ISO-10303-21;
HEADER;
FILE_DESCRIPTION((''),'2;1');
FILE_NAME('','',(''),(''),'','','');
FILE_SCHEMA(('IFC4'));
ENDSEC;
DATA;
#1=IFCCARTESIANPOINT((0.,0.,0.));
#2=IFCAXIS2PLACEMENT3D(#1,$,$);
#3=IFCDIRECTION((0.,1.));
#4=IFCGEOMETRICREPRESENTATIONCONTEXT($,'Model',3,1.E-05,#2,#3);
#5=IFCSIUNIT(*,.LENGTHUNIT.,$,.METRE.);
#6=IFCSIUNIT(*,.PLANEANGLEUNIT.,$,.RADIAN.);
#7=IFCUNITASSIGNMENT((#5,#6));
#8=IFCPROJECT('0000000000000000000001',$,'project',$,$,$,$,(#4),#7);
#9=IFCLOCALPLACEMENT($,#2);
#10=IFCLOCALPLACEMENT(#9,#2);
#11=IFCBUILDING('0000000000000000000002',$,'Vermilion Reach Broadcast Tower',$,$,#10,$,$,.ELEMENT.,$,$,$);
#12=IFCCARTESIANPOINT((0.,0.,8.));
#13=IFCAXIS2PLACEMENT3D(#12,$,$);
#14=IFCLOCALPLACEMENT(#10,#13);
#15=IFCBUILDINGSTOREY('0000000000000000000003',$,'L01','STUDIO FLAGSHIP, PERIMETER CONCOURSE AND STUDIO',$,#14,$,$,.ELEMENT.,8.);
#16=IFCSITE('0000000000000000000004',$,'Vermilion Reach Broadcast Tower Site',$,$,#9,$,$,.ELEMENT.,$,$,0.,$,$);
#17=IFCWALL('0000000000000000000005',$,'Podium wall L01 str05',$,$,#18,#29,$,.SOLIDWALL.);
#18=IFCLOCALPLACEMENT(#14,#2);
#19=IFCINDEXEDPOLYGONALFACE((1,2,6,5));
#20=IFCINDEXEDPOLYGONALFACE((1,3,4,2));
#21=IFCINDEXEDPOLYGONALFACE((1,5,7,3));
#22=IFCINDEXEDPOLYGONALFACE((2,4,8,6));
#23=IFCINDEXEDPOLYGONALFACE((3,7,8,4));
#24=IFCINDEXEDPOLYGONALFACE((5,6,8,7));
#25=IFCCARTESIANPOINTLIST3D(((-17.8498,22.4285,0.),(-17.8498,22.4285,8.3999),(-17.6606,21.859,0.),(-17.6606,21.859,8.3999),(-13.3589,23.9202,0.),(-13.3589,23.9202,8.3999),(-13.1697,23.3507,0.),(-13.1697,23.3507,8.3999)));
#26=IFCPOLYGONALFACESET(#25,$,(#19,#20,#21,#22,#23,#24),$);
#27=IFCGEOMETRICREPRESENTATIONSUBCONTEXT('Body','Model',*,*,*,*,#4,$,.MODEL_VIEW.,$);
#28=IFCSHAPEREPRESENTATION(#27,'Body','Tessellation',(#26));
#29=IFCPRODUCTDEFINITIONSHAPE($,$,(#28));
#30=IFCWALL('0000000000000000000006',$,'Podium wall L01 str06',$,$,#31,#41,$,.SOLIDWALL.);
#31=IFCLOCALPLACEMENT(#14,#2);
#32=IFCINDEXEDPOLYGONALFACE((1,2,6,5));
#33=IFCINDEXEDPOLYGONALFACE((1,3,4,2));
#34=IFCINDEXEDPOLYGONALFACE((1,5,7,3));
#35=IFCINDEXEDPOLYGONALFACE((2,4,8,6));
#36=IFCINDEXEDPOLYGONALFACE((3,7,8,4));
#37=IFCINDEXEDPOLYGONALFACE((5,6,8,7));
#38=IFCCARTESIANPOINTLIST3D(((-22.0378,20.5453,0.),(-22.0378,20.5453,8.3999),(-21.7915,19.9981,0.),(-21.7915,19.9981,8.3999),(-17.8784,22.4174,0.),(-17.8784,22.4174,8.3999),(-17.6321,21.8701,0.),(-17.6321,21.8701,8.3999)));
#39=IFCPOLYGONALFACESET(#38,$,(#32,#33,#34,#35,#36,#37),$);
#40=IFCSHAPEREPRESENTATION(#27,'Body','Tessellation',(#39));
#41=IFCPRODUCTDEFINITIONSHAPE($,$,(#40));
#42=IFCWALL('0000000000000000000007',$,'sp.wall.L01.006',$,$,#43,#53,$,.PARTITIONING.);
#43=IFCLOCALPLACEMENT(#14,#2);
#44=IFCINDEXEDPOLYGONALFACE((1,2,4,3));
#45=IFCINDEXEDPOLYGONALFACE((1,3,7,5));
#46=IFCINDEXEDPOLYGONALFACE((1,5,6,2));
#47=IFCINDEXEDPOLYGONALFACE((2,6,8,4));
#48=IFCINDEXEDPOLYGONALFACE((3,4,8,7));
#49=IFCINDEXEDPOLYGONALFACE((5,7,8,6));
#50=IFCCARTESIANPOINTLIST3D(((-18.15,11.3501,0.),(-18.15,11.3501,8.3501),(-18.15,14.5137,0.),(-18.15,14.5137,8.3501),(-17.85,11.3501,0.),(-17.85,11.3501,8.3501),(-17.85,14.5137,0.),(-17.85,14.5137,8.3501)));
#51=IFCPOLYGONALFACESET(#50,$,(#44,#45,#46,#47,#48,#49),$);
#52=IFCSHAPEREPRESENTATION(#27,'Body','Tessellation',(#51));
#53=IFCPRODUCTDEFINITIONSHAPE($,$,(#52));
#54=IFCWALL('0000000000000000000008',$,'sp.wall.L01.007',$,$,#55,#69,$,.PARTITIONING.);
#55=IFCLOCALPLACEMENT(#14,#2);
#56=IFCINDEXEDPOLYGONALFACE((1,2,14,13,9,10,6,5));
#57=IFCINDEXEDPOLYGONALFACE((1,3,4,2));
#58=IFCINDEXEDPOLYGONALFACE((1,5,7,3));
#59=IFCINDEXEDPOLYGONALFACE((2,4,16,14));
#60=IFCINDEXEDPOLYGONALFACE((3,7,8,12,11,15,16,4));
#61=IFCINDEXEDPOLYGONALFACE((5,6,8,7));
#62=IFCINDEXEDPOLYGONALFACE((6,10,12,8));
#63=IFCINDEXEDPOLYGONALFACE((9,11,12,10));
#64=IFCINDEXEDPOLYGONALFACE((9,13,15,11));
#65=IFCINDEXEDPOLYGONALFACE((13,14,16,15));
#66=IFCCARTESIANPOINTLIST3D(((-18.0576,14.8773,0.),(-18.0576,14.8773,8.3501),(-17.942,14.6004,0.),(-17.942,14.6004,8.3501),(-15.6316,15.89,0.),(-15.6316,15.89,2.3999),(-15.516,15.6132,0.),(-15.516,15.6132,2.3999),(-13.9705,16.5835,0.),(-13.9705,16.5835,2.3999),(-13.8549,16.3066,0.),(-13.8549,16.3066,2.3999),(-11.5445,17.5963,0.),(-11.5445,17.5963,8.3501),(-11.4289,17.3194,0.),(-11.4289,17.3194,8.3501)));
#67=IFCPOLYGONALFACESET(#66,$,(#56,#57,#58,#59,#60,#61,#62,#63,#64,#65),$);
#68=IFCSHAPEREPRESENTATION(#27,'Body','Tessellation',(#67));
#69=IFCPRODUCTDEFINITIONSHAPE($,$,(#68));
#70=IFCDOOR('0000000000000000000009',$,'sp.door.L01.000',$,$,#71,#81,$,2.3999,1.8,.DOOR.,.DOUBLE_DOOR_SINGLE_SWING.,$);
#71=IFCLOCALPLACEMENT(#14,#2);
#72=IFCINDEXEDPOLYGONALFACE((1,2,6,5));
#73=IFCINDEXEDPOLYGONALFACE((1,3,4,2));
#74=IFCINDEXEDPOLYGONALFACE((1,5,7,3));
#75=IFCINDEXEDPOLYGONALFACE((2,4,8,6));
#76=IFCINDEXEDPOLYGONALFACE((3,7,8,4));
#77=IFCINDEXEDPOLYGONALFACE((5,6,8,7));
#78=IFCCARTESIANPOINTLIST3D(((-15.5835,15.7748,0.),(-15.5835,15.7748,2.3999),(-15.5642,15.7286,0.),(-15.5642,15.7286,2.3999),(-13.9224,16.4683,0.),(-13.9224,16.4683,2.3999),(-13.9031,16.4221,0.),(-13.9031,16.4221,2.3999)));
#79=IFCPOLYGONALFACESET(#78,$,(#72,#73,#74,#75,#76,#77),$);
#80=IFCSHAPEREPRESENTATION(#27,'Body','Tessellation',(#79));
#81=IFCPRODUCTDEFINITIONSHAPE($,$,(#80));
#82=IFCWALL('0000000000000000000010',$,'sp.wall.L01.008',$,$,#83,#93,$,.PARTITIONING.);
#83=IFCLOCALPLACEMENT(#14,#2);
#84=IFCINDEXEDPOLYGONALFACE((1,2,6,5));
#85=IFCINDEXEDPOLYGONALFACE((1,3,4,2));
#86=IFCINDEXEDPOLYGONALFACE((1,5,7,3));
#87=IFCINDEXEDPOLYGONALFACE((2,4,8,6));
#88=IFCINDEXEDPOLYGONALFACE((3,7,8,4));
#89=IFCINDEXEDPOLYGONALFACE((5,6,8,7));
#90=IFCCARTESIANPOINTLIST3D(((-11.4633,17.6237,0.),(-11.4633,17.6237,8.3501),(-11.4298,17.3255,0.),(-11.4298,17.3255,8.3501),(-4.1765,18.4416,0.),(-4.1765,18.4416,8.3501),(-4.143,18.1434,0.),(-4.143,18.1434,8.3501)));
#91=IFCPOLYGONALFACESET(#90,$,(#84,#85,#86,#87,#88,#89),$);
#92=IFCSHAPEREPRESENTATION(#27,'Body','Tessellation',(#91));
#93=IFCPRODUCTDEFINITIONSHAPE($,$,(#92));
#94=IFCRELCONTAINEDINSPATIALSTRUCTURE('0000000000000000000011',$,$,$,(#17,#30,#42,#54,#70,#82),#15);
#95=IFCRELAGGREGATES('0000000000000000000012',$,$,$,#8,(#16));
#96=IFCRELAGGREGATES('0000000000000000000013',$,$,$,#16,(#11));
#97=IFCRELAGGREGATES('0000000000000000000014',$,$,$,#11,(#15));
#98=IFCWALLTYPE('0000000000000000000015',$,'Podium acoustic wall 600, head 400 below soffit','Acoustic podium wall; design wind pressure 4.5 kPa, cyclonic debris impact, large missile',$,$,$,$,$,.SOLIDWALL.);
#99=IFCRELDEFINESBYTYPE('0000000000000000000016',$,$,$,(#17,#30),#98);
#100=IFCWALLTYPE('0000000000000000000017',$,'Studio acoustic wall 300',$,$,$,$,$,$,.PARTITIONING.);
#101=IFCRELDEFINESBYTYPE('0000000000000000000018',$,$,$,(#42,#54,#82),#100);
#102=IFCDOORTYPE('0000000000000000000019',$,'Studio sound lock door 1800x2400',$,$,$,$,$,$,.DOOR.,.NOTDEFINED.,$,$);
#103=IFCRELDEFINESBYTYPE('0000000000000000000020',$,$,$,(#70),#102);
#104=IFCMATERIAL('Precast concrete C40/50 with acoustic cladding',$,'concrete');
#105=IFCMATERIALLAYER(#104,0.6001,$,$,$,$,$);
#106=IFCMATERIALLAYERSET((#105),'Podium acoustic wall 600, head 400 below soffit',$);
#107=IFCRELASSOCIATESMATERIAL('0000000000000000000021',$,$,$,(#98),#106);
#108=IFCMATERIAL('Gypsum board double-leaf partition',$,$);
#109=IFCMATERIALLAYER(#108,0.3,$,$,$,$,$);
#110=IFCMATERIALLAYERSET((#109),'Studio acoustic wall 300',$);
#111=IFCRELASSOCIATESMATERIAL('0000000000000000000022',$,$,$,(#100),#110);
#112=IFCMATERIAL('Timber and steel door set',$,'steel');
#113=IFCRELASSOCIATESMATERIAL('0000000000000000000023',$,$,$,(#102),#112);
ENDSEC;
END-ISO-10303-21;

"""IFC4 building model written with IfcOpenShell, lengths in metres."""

from ifc_helpers import new_model, si_unit, direction, frame, frame_2d, origin, place, context, subcontext, project, spatial, rectangle, extrude, material, layer, layer_set, type_object, element, fill, save


model = new_model("IFC4")

# Units and contexts
model_context = context("Model", 3, precision=1e-05, world=origin(), true_north=direction((0.0, 1.0)))
body_context = subcontext(model_context, "Body", "Model", "MODEL_VIEW")
ifc_project = project(units=[si_unit("LENGTHUNIT", "METRE"), si_unit("PLANEANGLEUNIT", "RADIAN")], contexts=[model_context])

# Site, building, storey
site_placement = place(None, origin())
site = spatial("IfcSite", under=ifc_project, at=site_placement, Name="Vermilion Reach Broadcast Tower Site", CompositionType="ELEMENT", RefElevation=0.0)
building_placement = place(site_placement, origin())
building = spatial("IfcBuilding", under=site, at=building_placement, Name="Vermilion Reach Broadcast Tower", CompositionType="ELEMENT")
storey_placement = place(building_placement, frame((0.0, 0.0, 8.0)))
storey = spatial("IfcBuildingStorey", under=building, at=storey_placement, Name="L01", Description="STUDIO FLAGSHIP, PERIMETER CONCOURSE AND STUDIO", CompositionType="ELEMENT", Elevation=8.0)

# Walls
ifc_material_1 = material(Name="Precast concrete C40/50 with acoustic cladding", Category="concrete")
ifc_layer_1 = layer(ifc_material_1, 0.6001)
ifc_layer_set_1 = layer_set([ifc_layer_1], Name="Podium acoustic wall 600, head 400 below soffit")
wall_type_1 = type_object("IfcWallType", Name="Podium acoustic wall 600, head 400 below soffit", Description="Acoustic podium wall; design wind pressure 4.5 kPa, cyclonic debris impact, large missile", PredefinedType="SOLIDWALL", material=ifc_layer_set_1)
wall_1_placement = place(storey_placement, frame((-13.2642, 23.6355, 0.0), z_axis=(0.0, 0.0, 1.0), x_axis=(-0.949018, -0.315222, 0.0)))
element("IfcWall", 1, at=wall_1_placement, inside=storey, type_object=wall_type_1, Name="Podium wall L01 str05", PredefinedType="SOLIDWALL", context=body_context, shape_type="SweptSolid", body=[
    extrude(rectangle(XDim=4.7322, YDim=0.6001, at=frame_2d((2.3662, 0.0))), origin(), (0.0, 0.0, 1.0), 8.3999),
])
wall_2_placement = place(storey_placement, frame((-17.7551, 22.1438, 0.0), z_axis=(0.0, 0.0, 1.0), x_axis=(-0.911894, -0.410425, 0.0)))
element("IfcWall", 2, at=wall_2_placement, inside=storey, type_object=wall_type_1, Name="Podium wall L01 str06", PredefinedType="SOLIDWALL", context=body_context, shape_type="SweptSolid", body=[
    extrude(rectangle(XDim=4.5613, YDim=0.6001, at=frame_2d((2.2808, 0.0))), origin(), (0.0, 0.0, 1.0), 8.3999),
])
ifc_material_2 = material(Name="Gypsum board double-leaf partition")
ifc_layer_2 = layer(ifc_material_2, 0.3)
ifc_layer_set_2 = layer_set([ifc_layer_2], Name="Studio acoustic wall 300")
wall_type_2 = type_object("IfcWallType", Name="Studio acoustic wall 300", PredefinedType="PARTITIONING", material=ifc_layer_set_2)
wall_3_placement = place(storey_placement, frame((-18.0, 11.3501, 0.0), z_axis=(0.0, 0.0, 1.0), x_axis=(0.0, 1.0, 0.0)))
element("IfcWall", 3, at=wall_3_placement, inside=storey, type_object=wall_type_2, Name="sp.wall.L01.006", PredefinedType="PARTITIONING", context=body_context, shape_type="SweptSolid", body=[
    extrude(rectangle(XDim=3.1636, YDim=0.3, at=frame_2d((1.5818, 0.0))), origin(), (0.0, 0.0, 1.0), 8.3501),
])

# Wall, opening, door
wall_4_placement = place(storey_placement, frame((-11.4868, 17.4578, 0.0), z_axis=(0.0, 0.0, 1.0), x_axis=(-0.922817, -0.385239, 0.0)))
wall_4 = element("IfcWall", 4, at=wall_4_placement, inside=storey, type_object=wall_type_2, Name="sp.wall.L01.007", PredefinedType="PARTITIONING", context=body_context, shape_type="SweptSolid", body=[
    extrude(rectangle(XDim=7.0579, YDim=0.3, at=frame_2d((3.5288, 0.0))), origin(), (0.0, 0.0, 1.0), 8.3501),
])
opening_1_placement = place(wall_4_placement, frame((2.6289, 0.0, 0.0)))
opening_1 = element("IfcOpeningElement", 5, at=opening_1_placement, cuts=wall_4, PredefinedType="OPENING", context=body_context, shape_type="SweptSolid", body=[
    extrude(rectangle(XDim=1.8, YDim=2.3999, at=frame_2d((0.8999, 1.2))), frame((0.0, 0.1599, 0.0), z_axis=(0.0, -1.0, 0.0), x_axis=(1.0, 0.0, 0.0)), (0.0, 0.0, 1.0), 0.3201),
])
ifc_material_3 = material(Name="Timber and steel door set", Category="steel")
door_type_1 = type_object("IfcDoorType", Name="Studio sound lock door 1800x2400", OperationType="NOTDEFINED", PredefinedType="DOOR", material=ifc_material_3)
door_1_placement = place(opening_1_placement, origin())
door_1 = element("IfcDoor", 6, at=door_1_placement, inside=storey, type_object=door_type_1, Name="sp.door.L01.000", OperationType="DOUBLE_DOOR_SINGLE_SWING", OverallHeight=2.3999, OverallWidth=1.8, PredefinedType="DOOR", context=body_context, shape_type="SweptSolid", body=[
    extrude(rectangle(XDim=1.8, YDim=2.3999, at=frame_2d((0.8999, 1.2))), frame((0.0, 0.0249, 0.0), z_axis=(0.0, -1.0, 0.0), x_axis=(1.0, 0.0, 0.0)), (0.0, 0.0, 1.0), 0.05),
])
fill(opening_1, door_1)

# Wall
wall_5_placement = place(storey_placement, frame((-11.4465, 17.4746, 0.0), z_axis=(0.0, 0.0, 1.0), x_axis=(0.99376, 0.111539, 0.0)))
element("IfcWall", 7, at=wall_5_placement, inside=storey, type_object=wall_type_2, Name="sp.wall.L01.008", PredefinedType="PARTITIONING", context=body_context, shape_type="SweptSolid", body=[
    extrude(rectangle(XDim=7.3325, YDim=0.3, at=frame_2d((3.6663, 0.0))), origin(), (0.0, 0.0, 1.0), 8.3501),
])

save(model, "model.ifc")
